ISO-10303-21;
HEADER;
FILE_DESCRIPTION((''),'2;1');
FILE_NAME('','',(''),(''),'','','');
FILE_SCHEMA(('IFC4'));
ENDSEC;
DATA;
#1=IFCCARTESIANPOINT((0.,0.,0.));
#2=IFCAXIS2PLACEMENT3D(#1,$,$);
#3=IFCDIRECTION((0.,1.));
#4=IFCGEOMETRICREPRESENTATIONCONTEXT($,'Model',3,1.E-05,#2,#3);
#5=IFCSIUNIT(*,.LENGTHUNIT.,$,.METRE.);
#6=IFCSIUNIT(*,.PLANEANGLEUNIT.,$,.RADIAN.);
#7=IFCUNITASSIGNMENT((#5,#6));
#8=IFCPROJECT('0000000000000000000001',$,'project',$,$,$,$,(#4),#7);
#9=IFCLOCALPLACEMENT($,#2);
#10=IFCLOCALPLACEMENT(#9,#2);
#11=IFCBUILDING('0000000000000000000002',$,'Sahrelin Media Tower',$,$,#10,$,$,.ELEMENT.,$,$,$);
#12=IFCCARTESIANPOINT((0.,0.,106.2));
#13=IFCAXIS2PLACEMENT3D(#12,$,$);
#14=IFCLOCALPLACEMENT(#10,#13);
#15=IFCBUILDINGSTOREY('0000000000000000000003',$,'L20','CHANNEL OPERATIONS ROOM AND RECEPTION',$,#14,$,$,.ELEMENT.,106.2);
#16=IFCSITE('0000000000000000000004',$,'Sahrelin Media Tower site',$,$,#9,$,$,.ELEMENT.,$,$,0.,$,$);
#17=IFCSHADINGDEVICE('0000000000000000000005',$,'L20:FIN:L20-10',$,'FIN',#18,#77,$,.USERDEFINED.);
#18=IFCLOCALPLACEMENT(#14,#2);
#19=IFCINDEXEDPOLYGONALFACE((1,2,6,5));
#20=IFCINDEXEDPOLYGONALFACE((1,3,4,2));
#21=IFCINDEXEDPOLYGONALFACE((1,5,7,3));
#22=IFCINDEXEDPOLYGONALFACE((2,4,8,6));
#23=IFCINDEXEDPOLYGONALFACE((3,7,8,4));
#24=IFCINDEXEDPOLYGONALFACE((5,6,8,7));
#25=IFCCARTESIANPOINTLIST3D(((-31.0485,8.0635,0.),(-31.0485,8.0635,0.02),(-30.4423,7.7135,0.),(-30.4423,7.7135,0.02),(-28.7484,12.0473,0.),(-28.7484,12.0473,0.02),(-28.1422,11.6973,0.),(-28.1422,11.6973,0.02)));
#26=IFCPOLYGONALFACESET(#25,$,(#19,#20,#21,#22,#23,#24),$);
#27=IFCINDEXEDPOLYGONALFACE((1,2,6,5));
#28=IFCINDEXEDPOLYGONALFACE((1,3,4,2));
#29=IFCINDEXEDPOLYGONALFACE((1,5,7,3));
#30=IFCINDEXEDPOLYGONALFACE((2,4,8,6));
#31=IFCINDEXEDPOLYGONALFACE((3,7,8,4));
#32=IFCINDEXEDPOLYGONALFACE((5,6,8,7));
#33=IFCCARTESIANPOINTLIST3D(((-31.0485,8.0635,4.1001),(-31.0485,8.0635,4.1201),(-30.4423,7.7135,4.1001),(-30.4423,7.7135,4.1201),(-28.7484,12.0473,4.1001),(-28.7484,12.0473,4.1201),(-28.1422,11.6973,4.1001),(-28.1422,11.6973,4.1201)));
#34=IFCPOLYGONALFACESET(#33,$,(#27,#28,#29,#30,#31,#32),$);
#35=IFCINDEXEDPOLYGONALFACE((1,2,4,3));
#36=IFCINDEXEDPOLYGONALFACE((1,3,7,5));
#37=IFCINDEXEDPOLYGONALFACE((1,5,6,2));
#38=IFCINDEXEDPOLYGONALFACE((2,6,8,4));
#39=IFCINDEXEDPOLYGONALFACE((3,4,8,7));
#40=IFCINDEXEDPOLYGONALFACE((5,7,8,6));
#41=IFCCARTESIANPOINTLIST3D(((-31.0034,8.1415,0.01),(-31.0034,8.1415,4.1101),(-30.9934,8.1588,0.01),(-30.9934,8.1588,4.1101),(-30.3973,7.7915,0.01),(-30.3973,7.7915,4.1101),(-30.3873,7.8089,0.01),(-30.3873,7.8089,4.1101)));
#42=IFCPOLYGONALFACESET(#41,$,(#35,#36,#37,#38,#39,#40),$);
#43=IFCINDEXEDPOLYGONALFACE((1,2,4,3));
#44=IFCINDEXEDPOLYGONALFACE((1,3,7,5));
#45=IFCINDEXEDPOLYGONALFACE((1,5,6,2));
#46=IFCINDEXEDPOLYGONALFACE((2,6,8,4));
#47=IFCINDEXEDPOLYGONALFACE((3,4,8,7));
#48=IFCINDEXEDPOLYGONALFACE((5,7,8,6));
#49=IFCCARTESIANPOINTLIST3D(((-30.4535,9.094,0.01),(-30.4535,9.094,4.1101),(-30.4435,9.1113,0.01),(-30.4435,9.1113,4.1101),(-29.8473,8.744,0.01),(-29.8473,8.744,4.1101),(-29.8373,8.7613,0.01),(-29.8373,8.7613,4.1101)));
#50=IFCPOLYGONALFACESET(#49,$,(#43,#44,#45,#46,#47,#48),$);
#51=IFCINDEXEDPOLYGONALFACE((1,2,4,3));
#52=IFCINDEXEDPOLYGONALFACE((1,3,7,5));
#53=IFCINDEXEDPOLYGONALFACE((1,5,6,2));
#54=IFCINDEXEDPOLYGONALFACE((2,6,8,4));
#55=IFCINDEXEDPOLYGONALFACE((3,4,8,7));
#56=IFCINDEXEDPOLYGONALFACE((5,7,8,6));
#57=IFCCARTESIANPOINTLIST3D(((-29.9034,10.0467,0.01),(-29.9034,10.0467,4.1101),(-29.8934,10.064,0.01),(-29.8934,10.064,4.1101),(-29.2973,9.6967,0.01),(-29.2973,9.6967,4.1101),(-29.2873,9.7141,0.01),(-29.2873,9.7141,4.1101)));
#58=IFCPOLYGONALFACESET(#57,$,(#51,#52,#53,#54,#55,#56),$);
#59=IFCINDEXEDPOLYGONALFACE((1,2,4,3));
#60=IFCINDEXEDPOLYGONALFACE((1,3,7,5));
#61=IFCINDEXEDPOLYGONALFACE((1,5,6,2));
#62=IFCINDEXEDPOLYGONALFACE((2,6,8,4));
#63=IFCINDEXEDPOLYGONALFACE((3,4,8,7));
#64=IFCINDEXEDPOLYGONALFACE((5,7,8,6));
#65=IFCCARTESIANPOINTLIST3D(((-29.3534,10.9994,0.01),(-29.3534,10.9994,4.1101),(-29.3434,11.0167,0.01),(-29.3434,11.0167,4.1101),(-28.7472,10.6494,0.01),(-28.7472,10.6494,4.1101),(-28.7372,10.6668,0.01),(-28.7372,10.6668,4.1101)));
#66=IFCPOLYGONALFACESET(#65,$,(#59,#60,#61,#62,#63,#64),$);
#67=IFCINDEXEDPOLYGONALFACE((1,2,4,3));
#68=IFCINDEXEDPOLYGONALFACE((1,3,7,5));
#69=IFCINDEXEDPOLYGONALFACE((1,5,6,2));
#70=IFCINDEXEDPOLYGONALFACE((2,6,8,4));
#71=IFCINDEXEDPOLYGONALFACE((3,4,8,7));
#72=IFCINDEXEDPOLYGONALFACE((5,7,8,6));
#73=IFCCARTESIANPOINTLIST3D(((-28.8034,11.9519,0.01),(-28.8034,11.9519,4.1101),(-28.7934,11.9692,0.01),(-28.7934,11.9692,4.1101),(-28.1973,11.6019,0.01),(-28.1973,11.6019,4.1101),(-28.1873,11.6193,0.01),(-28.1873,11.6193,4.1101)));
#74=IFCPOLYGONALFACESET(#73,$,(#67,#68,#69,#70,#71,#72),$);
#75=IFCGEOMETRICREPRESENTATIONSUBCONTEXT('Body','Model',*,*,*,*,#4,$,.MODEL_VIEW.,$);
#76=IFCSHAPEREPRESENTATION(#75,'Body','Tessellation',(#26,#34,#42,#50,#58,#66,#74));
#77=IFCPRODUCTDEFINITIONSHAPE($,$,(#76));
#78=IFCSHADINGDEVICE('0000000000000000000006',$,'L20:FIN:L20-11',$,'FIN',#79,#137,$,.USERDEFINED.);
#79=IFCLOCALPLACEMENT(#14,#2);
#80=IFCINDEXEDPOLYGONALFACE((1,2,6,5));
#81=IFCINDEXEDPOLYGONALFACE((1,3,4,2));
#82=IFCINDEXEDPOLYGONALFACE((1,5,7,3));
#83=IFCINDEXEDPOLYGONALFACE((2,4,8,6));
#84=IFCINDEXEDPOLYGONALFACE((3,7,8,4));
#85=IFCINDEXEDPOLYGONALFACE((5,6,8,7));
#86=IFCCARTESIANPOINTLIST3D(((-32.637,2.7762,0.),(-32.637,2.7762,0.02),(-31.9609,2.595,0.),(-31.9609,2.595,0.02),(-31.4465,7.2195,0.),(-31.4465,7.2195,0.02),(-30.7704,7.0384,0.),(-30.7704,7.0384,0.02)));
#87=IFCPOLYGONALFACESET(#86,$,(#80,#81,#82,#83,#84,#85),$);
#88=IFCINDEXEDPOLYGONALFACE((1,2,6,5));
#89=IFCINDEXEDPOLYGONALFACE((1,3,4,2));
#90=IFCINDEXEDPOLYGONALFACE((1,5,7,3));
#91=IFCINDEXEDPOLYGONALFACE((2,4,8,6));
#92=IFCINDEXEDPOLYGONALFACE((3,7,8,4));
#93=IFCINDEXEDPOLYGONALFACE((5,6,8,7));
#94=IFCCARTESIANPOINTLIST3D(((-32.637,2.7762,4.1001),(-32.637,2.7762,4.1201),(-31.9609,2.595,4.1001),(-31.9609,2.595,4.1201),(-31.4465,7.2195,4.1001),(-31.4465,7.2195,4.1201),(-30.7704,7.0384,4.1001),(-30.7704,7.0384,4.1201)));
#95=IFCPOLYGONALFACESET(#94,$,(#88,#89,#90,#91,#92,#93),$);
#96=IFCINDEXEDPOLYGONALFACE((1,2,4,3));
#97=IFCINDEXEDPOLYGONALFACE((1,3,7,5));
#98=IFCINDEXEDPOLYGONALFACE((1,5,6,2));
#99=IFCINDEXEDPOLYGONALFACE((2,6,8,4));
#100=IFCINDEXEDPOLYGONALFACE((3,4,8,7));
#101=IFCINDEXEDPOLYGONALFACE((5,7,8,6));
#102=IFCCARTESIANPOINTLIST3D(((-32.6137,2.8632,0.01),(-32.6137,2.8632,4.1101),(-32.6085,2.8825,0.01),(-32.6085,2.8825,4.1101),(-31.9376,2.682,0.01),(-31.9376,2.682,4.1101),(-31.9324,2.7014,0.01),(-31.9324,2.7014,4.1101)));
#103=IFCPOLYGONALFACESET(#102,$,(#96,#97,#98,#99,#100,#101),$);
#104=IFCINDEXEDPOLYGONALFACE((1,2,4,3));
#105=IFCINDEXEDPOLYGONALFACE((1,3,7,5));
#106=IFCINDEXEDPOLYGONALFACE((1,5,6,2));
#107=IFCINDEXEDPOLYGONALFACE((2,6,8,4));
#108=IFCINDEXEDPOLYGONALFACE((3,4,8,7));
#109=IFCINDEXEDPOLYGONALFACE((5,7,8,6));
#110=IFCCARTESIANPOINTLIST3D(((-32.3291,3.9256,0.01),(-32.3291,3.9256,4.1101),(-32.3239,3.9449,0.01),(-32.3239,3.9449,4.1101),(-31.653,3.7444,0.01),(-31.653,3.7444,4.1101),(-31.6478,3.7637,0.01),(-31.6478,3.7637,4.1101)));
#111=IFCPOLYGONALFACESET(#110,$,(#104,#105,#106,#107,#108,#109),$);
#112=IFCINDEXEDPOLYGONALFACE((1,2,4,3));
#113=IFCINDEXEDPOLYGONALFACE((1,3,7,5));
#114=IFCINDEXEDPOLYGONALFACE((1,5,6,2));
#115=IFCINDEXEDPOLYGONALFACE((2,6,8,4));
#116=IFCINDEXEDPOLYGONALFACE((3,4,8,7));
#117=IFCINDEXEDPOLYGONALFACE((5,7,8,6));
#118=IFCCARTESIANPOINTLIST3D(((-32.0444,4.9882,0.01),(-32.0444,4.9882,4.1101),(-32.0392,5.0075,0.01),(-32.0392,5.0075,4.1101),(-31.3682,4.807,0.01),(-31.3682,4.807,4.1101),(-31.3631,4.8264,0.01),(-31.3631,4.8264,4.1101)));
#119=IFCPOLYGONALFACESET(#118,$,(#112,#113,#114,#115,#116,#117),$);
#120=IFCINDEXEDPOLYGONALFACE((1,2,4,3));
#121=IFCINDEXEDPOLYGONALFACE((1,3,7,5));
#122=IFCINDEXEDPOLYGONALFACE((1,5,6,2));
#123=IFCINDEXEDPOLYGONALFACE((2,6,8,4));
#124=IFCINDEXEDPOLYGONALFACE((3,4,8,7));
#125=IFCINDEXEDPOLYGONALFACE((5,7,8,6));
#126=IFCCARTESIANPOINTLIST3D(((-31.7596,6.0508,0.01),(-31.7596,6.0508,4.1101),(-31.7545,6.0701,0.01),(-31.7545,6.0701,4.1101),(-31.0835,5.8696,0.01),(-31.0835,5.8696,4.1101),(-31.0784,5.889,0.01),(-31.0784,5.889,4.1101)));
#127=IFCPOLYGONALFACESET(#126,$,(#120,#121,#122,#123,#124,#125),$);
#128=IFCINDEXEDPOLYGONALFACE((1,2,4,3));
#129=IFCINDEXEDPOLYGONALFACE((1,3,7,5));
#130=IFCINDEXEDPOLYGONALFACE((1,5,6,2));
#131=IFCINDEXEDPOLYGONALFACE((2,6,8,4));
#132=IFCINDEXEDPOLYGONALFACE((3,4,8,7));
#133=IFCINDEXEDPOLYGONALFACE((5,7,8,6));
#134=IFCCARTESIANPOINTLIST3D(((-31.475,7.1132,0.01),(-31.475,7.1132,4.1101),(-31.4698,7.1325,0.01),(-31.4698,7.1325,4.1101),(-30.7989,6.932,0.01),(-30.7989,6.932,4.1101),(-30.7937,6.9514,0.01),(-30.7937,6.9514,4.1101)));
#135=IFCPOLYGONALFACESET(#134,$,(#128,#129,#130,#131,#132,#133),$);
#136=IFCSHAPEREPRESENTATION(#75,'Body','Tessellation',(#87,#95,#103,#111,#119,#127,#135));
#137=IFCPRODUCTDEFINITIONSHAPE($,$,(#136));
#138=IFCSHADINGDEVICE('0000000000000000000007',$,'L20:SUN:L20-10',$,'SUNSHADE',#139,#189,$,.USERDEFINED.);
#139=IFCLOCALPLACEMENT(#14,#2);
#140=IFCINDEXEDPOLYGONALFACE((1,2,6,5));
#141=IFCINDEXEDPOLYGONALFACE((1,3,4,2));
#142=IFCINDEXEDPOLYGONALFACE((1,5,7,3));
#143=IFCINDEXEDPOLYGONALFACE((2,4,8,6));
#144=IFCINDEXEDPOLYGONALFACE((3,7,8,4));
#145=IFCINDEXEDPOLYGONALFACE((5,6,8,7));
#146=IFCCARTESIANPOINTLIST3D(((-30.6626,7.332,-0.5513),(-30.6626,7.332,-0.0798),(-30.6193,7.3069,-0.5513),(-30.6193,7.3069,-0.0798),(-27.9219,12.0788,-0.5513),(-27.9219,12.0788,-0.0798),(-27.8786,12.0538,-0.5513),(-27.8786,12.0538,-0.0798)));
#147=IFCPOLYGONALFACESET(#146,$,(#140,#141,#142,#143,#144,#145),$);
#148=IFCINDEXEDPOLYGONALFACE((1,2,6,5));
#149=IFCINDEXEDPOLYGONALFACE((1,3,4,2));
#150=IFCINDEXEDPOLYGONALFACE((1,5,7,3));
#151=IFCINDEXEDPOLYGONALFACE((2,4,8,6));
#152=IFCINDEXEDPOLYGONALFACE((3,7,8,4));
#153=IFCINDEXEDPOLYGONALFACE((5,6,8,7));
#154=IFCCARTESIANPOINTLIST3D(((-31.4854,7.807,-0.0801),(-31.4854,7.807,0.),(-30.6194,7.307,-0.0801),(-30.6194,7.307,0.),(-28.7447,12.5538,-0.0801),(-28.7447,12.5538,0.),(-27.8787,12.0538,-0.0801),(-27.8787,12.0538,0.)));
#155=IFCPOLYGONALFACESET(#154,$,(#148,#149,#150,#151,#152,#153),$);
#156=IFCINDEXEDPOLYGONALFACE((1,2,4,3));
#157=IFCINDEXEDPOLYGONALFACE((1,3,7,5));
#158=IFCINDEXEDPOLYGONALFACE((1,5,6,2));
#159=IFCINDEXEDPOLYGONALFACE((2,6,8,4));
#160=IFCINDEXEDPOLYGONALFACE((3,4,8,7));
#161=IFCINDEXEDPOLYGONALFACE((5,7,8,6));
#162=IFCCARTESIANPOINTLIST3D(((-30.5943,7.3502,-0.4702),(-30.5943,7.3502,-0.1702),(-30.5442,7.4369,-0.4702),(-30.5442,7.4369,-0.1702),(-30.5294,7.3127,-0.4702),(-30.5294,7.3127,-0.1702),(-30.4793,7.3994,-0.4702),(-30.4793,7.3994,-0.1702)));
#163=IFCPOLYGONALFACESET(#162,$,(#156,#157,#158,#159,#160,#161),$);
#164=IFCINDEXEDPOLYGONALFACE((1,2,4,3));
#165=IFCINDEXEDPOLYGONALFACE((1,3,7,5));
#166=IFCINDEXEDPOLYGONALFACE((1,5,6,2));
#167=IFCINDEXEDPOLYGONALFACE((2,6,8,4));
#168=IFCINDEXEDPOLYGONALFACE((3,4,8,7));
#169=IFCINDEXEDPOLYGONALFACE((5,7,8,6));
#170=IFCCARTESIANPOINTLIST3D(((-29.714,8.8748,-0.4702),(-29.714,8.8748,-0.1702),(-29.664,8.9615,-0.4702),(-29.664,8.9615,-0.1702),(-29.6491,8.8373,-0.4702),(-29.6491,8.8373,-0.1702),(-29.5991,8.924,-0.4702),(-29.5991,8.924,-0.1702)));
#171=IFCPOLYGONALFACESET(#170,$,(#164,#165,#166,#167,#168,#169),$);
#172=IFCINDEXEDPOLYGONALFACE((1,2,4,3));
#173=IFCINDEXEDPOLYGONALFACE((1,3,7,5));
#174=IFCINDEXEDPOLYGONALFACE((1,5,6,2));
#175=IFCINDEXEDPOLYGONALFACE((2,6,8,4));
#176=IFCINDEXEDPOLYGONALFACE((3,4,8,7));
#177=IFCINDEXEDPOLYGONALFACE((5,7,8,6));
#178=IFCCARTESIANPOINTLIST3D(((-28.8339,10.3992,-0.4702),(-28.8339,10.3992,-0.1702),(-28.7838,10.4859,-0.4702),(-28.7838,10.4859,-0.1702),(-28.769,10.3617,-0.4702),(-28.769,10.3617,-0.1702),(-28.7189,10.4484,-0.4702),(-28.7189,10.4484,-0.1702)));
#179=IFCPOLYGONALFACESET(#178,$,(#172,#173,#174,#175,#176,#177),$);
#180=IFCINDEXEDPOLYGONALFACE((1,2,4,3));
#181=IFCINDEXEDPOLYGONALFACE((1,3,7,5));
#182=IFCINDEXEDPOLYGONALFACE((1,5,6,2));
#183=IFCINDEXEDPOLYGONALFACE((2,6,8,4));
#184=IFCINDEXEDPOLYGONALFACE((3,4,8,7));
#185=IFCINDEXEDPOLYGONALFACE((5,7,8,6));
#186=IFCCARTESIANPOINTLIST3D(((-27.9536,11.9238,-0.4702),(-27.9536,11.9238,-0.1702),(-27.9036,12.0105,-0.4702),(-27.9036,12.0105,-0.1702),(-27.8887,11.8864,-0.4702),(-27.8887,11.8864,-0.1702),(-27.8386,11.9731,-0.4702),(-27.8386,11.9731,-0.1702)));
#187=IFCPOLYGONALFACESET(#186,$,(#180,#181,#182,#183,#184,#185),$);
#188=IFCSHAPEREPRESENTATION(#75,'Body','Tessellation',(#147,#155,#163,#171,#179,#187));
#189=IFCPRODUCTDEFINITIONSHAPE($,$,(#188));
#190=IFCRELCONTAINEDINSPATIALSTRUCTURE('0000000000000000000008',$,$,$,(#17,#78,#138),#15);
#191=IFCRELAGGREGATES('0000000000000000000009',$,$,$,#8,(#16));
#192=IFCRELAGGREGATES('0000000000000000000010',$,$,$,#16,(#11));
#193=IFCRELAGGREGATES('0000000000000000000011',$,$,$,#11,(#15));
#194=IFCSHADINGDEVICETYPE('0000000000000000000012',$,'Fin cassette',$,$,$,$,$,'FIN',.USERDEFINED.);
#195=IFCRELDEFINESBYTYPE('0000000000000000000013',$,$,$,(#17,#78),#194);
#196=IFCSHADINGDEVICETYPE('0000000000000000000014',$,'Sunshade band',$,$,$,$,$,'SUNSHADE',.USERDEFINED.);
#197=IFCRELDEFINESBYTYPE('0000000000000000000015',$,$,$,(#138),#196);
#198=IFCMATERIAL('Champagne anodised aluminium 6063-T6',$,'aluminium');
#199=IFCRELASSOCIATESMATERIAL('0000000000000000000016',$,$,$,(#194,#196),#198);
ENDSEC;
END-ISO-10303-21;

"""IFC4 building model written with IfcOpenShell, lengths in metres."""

from ifc_helpers import new_model, si_unit, direction, frame, origin, origin_2d, place, context, subcontext, project, spatial, rectangle, extrude, material, type_object, element, save


model = new_model("IFC4")

# Units and contexts
model_context = context("Model", 3, precision=1e-05, world=origin(), true_north=direction((0.0, 1.0)))
body_context = subcontext(model_context, "Body", "Model", "MODEL_VIEW")
ifc_project = project(units=[si_unit("LENGTHUNIT", "METRE"), si_unit("PLANEANGLEUNIT", "RADIAN")], contexts=[model_context])

# Site, building, storey
site_placement = place(None, origin())
site = spatial("IfcSite", under=ifc_project, at=site_placement, Name="Sahrelin Media Tower site", CompositionType="ELEMENT", RefElevation=0.0)
building_placement = place(site_placement, origin())
building = spatial("IfcBuilding", under=site, at=building_placement, Name="Sahrelin Media Tower", CompositionType="ELEMENT")
storey_placement = place(building_placement, frame((0.0, 0.0, 106.2)))
storey = spatial("IfcBuildingStorey", under=building, at=storey_placement, Name="L20", Description="CHANNEL OPERATIONS ROOM AND RECEPTION", CompositionType="ELEMENT", Elevation=106.2)

# Shared definitions
ifc_material_1 = material(Name="Champagne anodised aluminium 6063-T6", Category="aluminium")

# Shading devices
shading_device_type_1 = type_object("IfcShadingDeviceType", Name="Fin cassette", ElementType="FIN", PredefinedType="USERDEFINED", material=ifc_material_1)
placement_1 = place(storey_placement, frame((-29.2317, 9.6704, 0.0), z_axis=(0.0, 0.0, 1.0), x_axis=(0.500011, 0.866019, 0.0)))
element("IfcShadingDevice", 1, at=placement_1, inside=storey, type_object=shading_device_type_1, Name="L20:FIN:L20-10", ObjectType="FIN", PredefinedType="USERDEFINED", context=body_context, shape_type="SweptSolid", body=[
    extrude(rectangle(XDim=4.6001, YDim=0.7, at=origin_2d()), frame((0.0, 0.4199, 0.0)), (0.0, 0.0, 1.0), 0.02),
    extrude(rectangle(XDim=4.6001, YDim=0.7, at=origin_2d()), frame((0.0, 0.4199, 4.1001)), (0.0, 0.0, 1.0), 0.02),
    extrude(rectangle(XDim=0.02, YDim=0.7, at=origin_2d()), frame((-2.2, 0.4199, 0.01), z_axis=(0.0, 0.0, 1.0), x_axis=(1.0, 0.0, 0.0)), (0.0, 0.0, 1.0), 4.1001),
    extrude(rectangle(XDim=0.02, YDim=0.7, at=origin_2d()), frame((-1.1001, 0.4199, 0.01), z_axis=(0.0, 0.0, 1.0), x_axis=(1.0, 0.0, 0.0)), (0.0, 0.0, 1.0), 4.1001),
    extrude(rectangle(XDim=0.02, YDim=0.7, at=origin_2d()), frame((0.0, 0.4199, 0.01), z_axis=(0.0, 0.0, 1.0), x_axis=(1.0, 0.0, 0.0)), (0.0, 0.0, 1.0), 4.1001),
    extrude(rectangle(XDim=0.02, YDim=0.7, at=origin_2d()), frame((1.1001, 0.4199, 0.01), z_axis=(0.0, 0.0, 1.0), x_axis=(1.0, 0.0, 0.0)), (0.0, 0.0, 1.0), 4.1001),
    extrude(rectangle(XDim=0.02, YDim=0.7, at=origin_2d()), frame((2.2, 0.4199, 0.01), z_axis=(0.0, 0.0, 1.0), x_axis=(1.0, 0.0, 0.0)), (0.0, 0.0, 1.0), 4.1001),
])
placement_2 = place(storey_placement, frame((-31.2981, 4.7986, 0.0), z_axis=(0.0, 0.0, 1.0), x_axis=(0.258808, 0.965929, 0.0)))
element("IfcShadingDevice", 2, at=placement_2, inside=storey, type_object=shading_device_type_1, Name="L20:FIN:L20-11", ObjectType="FIN", PredefinedType="USERDEFINED", context=body_context, shape_type="SweptSolid", body=[
    extrude(rectangle(XDim=4.6001, YDim=0.7, at=origin_2d()), frame((0.0, 0.4199, 0.0)), (0.0, 0.0, 1.0), 0.02),
    extrude(rectangle(XDim=4.6001, YDim=0.7, at=origin_2d()), frame((0.0, 0.4199, 4.1001)), (0.0, 0.0, 1.0), 0.02),
    extrude(rectangle(XDim=0.02, YDim=0.7, at=origin_2d()), frame((-2.2, 0.4199, 0.01), z_axis=(0.0, 0.0, 1.0), x_axis=(1.0, 0.0, 0.0)), (0.0, 0.0, 1.0), 4.1001),
    extrude(rectangle(XDim=0.02, YDim=0.7, at=origin_2d()), frame((-1.1001, 0.4199, 0.01), z_axis=(0.0, 0.0, 1.0), x_axis=(1.0, 0.0, 0.0)), (0.0, 0.0, 1.0), 4.1001),
    extrude(rectangle(XDim=0.02, YDim=0.7, at=origin_2d()), frame((0.0, 0.4199, 0.01), z_axis=(0.0, 0.0, 1.0), x_axis=(1.0, 0.0, 0.0)), (0.0, 0.0, 1.0), 4.1001),
    extrude(rectangle(XDim=0.02, YDim=0.7, at=origin_2d()), frame((1.1001, 0.4199, 0.01), z_axis=(0.0, 0.0, 1.0), x_axis=(1.0, 0.0, 0.0)), (0.0, 0.0, 1.0), 4.1001),
    extrude(rectangle(XDim=0.02, YDim=0.7, at=origin_2d()), frame((2.2, 0.4199, 0.01), z_axis=(0.0, 0.0, 1.0), x_axis=(1.0, 0.0, 0.0)), (0.0, 0.0, 1.0), 4.1001),
])
shading_device_type_2 = type_object("IfcShadingDeviceType", Name="Sunshade band", ElementType="SUNSHADE", PredefinedType="USERDEFINED", material=ifc_material_1)
element("IfcShadingDevice", 3, at=placement_1, inside=storey, type_object=shading_device_type_2, Name="L20:SUN:L20-10", ObjectType="SUNSHADE", PredefinedType="USERDEFINED", context=body_context, shape_type="SweptSolid", body=[
    extrude(rectangle(XDim=5.4812, YDim=0.05, at=origin_2d()), frame((0.0, 0.0449, -0.5513)), (0.0, 0.0, 1.0), 0.4714),
    extrude(rectangle(XDim=5.4812, YDim=1.0, at=origin_2d()), frame((0.0, 0.52, -0.0801)), (0.0, 0.0, 1.0), 0.0801),
    extrude(rectangle(XDim=0.1001, YDim=0.075, at=origin_2d()), frame((-2.6406, -0.0176, -0.4702)), (0.0, 0.0, 1.0), 0.3),
    extrude(rectangle(XDim=0.1001, YDim=0.075, at=origin_2d()), frame((-0.8801, -0.0176, -0.4702)), (0.0, 0.0, 1.0), 0.3),
    extrude(rectangle(XDim=0.1001, YDim=0.075, at=origin_2d()), frame((0.8801, -0.0176, -0.4702)), (0.0, 0.0, 1.0), 0.3),
    extrude(rectangle(XDim=0.1001, YDim=0.075, at=origin_2d()), frame((2.6406, -0.0176, -0.4702)), (0.0, 0.0, 1.0), 0.3),
])

save(model, "model.ifc")
